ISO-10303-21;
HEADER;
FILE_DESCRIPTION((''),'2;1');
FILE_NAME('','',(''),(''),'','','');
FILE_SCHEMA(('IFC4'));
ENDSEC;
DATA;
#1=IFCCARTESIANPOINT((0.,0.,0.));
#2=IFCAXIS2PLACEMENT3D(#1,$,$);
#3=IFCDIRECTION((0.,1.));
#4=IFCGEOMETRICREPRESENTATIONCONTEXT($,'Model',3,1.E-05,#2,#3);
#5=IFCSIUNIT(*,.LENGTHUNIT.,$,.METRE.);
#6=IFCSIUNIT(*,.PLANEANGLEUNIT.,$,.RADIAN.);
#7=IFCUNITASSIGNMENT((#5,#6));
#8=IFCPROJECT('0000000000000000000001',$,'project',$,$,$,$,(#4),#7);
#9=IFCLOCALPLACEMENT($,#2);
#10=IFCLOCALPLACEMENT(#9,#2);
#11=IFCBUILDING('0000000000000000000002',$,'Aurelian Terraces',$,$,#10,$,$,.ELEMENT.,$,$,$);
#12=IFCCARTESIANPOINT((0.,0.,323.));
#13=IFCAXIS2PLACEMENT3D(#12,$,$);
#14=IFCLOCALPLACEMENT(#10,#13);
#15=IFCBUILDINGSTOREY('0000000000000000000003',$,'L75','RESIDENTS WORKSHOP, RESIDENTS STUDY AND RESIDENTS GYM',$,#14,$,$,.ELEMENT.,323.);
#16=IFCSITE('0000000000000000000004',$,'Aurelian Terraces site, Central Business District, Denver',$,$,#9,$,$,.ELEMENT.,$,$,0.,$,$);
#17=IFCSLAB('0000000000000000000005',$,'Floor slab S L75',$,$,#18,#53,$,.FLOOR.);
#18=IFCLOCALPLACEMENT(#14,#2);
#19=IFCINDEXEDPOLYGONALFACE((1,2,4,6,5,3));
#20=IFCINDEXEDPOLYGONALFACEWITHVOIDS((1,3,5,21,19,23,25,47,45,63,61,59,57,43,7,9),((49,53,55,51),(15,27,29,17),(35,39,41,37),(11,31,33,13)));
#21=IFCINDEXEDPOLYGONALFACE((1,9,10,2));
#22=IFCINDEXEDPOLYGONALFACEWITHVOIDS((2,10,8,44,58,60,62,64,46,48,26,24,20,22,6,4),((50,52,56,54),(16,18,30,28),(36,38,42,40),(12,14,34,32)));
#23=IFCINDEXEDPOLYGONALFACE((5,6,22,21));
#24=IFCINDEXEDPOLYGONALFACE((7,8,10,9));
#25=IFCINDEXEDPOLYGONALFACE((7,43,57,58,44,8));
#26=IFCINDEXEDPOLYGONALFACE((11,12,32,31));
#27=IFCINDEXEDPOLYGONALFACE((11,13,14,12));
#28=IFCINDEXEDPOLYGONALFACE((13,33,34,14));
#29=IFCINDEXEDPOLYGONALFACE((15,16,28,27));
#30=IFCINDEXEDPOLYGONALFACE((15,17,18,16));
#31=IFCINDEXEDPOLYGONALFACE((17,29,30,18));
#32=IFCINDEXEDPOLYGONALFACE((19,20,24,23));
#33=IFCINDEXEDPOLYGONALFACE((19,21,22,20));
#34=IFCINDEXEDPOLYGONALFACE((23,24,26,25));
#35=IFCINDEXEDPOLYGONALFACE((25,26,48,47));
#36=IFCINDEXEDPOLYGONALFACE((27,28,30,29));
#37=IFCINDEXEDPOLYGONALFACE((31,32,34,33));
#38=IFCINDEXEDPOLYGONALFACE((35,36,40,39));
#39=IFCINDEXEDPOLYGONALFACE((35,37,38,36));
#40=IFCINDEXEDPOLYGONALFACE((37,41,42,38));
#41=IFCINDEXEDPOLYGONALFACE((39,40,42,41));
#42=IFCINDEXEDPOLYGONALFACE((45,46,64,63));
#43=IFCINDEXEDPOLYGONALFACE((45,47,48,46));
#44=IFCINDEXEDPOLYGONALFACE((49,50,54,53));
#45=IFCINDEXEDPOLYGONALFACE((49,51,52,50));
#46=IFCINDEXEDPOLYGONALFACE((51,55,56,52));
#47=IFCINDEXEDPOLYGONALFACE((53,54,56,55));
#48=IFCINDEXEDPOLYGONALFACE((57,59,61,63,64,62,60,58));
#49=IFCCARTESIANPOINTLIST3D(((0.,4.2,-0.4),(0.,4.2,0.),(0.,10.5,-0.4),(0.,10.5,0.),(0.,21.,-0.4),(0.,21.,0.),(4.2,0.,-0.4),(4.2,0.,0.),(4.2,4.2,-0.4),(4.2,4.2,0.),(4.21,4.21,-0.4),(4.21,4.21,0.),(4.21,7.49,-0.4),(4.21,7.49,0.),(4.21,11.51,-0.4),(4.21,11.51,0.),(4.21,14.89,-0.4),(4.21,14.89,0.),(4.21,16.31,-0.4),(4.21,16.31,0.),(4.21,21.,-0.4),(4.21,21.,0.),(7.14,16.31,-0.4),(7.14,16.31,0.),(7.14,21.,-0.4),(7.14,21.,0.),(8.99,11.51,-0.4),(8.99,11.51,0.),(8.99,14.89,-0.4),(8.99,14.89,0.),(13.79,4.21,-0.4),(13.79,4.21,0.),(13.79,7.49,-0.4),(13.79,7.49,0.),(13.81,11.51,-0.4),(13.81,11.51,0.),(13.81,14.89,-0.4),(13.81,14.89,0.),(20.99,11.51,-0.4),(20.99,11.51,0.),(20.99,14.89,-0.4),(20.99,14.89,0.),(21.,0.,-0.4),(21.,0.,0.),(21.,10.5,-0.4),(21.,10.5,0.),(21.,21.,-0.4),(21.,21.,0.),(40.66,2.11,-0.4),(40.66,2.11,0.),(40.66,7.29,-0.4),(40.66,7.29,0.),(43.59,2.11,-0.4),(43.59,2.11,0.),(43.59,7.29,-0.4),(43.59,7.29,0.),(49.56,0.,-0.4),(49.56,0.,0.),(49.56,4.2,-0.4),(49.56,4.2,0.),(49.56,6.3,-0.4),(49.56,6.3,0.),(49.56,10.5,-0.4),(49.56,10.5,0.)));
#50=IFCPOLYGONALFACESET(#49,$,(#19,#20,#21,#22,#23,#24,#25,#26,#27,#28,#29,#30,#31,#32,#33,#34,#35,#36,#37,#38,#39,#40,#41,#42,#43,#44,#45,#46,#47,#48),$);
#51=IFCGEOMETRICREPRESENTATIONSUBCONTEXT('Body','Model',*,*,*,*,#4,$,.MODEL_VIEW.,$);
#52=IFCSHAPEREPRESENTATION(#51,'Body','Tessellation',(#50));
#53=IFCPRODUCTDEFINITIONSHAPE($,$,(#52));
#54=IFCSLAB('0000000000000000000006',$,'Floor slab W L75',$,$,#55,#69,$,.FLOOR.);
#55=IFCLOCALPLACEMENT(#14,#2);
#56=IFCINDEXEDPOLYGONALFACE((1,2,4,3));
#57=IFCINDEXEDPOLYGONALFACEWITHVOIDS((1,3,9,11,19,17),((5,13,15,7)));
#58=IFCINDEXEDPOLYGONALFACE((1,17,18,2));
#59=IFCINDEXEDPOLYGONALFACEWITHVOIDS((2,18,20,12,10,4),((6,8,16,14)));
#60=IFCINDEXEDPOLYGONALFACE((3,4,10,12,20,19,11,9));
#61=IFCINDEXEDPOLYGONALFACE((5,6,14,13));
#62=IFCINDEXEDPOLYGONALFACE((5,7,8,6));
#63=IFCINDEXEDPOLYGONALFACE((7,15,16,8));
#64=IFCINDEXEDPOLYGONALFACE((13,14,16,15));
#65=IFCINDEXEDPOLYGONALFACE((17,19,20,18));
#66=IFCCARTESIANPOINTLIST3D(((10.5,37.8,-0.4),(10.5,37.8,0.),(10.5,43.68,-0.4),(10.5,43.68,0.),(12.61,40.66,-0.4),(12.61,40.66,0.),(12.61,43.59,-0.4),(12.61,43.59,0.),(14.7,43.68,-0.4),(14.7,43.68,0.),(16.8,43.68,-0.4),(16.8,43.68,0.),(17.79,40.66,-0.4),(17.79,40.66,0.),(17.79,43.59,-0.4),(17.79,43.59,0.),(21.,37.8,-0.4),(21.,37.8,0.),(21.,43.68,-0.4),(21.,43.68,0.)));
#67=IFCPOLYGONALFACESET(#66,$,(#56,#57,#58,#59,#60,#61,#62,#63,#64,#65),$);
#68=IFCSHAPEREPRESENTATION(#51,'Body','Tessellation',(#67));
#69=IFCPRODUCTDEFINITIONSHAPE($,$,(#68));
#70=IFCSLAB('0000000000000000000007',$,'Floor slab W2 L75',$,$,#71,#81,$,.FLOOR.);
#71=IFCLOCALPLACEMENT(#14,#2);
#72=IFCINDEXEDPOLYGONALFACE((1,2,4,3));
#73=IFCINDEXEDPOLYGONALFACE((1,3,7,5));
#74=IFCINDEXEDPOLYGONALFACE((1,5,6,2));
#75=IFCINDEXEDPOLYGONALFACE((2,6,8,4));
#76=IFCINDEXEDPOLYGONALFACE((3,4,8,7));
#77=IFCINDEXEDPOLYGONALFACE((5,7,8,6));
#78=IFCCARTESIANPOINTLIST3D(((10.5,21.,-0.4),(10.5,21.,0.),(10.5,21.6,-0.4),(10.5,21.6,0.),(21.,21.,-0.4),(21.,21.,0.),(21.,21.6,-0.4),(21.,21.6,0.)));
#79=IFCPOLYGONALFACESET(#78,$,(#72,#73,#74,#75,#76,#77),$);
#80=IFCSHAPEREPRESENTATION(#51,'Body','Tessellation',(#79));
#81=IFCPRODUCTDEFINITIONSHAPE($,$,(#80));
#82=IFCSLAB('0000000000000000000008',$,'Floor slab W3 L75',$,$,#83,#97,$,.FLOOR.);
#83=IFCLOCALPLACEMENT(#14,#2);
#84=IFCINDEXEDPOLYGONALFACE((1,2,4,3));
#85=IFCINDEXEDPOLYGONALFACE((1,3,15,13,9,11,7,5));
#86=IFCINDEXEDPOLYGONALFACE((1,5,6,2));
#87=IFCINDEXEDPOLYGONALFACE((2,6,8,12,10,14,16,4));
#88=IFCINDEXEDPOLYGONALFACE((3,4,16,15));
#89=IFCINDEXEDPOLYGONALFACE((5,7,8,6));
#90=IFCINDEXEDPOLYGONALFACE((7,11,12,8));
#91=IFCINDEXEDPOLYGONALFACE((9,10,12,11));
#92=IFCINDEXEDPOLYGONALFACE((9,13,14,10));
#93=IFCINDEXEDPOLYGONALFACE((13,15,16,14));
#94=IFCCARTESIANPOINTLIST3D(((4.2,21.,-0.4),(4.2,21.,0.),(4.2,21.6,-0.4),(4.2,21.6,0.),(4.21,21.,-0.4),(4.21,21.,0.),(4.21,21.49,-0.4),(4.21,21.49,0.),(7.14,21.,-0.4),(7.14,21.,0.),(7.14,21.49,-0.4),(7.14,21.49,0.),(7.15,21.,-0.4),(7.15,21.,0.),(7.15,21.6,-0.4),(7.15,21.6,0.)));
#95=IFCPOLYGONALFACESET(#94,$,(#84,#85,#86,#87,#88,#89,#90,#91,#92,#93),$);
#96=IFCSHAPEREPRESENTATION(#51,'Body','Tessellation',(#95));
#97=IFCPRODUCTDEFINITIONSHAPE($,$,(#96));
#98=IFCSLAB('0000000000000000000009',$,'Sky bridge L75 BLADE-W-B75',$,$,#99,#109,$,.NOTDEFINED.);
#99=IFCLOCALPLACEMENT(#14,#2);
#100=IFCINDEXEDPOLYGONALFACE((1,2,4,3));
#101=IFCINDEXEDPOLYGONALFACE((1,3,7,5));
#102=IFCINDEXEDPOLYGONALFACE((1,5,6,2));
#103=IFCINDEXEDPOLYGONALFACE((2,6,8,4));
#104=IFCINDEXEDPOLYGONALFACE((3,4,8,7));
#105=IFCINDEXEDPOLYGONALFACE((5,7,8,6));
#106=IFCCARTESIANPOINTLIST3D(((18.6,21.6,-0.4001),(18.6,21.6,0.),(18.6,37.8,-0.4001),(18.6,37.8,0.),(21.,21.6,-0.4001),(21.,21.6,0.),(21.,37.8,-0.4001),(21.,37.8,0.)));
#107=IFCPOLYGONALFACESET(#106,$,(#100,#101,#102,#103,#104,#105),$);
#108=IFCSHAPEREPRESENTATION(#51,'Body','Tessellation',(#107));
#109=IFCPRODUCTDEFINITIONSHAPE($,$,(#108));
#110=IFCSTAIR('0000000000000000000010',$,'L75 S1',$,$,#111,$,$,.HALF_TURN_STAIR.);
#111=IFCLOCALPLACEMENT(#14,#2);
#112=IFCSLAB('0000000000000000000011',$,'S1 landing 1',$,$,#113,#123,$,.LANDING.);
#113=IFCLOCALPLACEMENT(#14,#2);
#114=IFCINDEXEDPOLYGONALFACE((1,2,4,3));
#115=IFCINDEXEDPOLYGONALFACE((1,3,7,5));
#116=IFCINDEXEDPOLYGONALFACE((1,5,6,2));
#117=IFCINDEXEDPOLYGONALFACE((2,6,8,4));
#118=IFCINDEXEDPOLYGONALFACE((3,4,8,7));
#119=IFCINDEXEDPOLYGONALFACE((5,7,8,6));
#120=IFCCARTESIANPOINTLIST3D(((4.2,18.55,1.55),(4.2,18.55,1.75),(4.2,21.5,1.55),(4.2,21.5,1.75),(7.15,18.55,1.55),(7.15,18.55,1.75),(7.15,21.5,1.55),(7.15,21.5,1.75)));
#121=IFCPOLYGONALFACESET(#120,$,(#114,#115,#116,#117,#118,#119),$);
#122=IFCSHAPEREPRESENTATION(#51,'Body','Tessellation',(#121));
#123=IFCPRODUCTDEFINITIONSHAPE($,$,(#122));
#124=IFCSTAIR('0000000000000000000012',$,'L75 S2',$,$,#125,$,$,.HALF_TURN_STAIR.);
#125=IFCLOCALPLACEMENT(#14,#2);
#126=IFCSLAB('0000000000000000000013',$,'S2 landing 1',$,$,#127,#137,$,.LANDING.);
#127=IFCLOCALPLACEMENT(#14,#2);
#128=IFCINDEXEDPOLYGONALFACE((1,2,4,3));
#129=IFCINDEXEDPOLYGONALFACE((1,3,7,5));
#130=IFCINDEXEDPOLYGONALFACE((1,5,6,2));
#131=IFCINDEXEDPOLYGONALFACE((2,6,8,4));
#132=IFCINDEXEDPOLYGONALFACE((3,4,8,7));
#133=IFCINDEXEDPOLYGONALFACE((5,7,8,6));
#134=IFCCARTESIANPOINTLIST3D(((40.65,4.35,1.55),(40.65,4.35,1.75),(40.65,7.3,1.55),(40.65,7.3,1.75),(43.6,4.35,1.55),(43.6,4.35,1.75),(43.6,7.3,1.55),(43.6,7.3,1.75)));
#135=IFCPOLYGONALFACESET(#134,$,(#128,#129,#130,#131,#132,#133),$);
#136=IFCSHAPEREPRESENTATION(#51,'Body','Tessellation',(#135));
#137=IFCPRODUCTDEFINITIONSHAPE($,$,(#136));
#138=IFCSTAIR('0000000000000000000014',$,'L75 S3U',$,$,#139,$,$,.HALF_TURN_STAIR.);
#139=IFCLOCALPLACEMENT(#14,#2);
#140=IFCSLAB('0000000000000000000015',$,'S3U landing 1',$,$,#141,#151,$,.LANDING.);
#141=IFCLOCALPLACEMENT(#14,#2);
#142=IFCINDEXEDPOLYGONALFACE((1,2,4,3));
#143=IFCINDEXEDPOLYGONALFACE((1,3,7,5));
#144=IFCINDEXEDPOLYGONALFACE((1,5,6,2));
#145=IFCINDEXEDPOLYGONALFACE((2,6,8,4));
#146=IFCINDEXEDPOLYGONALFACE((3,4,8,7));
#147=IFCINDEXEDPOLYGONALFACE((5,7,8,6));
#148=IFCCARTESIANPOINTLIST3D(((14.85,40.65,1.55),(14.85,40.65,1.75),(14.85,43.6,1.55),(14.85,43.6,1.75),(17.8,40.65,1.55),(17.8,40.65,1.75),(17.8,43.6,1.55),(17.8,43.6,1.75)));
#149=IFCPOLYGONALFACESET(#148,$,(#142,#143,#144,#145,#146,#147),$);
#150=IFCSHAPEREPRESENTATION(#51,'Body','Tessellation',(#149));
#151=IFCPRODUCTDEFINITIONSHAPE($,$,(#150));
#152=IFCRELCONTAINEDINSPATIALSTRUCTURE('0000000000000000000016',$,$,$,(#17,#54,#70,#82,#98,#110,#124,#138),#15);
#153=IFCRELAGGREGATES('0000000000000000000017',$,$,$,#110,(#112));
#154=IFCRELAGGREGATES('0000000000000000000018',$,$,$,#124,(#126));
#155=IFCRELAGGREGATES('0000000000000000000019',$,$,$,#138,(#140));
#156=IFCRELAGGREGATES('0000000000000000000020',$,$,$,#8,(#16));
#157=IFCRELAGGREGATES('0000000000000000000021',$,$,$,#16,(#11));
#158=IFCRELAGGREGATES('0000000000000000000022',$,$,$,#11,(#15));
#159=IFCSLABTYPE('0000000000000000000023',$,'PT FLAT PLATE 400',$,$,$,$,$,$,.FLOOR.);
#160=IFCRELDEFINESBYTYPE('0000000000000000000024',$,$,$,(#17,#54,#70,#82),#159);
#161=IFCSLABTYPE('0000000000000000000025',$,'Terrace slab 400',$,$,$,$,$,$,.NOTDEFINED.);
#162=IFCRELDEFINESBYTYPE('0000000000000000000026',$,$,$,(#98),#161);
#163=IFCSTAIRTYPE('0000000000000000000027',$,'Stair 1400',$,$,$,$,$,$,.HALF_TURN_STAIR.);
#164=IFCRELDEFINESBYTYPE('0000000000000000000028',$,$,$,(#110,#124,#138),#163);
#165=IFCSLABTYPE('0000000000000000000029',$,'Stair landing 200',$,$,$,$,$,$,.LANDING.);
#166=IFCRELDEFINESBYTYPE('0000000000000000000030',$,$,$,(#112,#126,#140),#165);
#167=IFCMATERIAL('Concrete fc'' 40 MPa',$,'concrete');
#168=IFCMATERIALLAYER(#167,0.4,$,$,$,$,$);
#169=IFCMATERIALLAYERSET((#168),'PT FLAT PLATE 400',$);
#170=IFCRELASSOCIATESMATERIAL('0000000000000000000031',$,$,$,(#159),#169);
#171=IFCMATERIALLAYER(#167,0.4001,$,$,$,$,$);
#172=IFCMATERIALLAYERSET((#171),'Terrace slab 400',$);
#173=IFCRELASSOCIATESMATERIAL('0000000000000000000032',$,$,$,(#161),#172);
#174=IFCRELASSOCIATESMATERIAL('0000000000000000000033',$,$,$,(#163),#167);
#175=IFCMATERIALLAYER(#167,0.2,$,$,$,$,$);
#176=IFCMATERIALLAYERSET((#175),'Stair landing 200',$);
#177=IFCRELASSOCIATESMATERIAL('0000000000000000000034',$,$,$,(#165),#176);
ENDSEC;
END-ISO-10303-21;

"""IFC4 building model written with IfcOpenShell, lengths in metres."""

from ifc_helpers import new_model, si_unit, direction, frame, origin, place, context, subcontext, project, spatial, polyline, outline, extrude, source, transform, mapped, material, layer, layer_set, type_object, element, aggregate, save


model = new_model("IFC4")

# Units and contexts
model_context = context("Model", 3, precision=1e-05, world=origin(), true_north=direction((0.0, 1.0)))
body_context = subcontext(model_context, "Body", "Model", "MODEL_VIEW")
ifc_project = project(units=[si_unit("LENGTHUNIT", "METRE"), si_unit("PLANEANGLEUNIT", "RADIAN")], contexts=[model_context])

# Site, building, storey
site_placement = place(None, origin())
site = spatial("IfcSite", under=ifc_project, at=site_placement, Name="Aurelian Terraces site, Central Business District, Denver", CompositionType="ELEMENT", RefElevation=0.0)
building_placement = place(site_placement, origin())
building = spatial("IfcBuilding", under=site, at=building_placement, Name="Aurelian Terraces", CompositionType="ELEMENT")
storey_placement = place(building_placement, frame((0.0, 0.0, 323.0)))
storey = spatial("IfcBuildingStorey", under=building, at=storey_placement, Name="L75", Description="RESIDENTS WORKSHOP, RESIDENTS STUDY AND RESIDENTS GYM", CompositionType="ELEMENT", Elevation=323.0)

# Slabs
ifc_material_1 = material(Name="Concrete fc' 40 MPa", Category="concrete")
ifc_layer_1 = layer(ifc_material_1, 0.4)
ifc_layer_set_1 = layer_set([ifc_layer_1], Name="PT FLAT PLATE 400")
slab_type_1 = type_object("IfcSlabType", Name="PT FLAT PLATE 400", PredefinedType="FLOOR", material=ifc_layer_set_1)
shared_shape_1 = source(origin(), body_context, "Body", "SweptSolid", [
    extrude(outline(polyline([(21.0, 0.0), (4.2, 0.0), (4.2, 4.2), (0.0, 4.2), (0.0, 10.5), (0.0, 21.0), (4.21, 21.0), (4.21, 16.31), (7.14, 16.31), (7.14, 21.0), (21.0, 21.0), (21.0, 10.5), (49.56, 10.5), (49.56, 6.3), (49.56, 4.2), (49.56, 0.0), (21.0, 0.0)]), holes=[polyline([(40.66, 2.11), (43.59, 2.11), (43.59, 7.29), (40.66, 7.29), (40.66, 2.11)]), polyline([(13.81, 14.89), (13.81, 11.51), (20.99, 11.51), (20.99, 14.89), (13.81, 14.89)]), polyline([(4.21, 7.49), (4.21, 4.21), (13.79, 4.21), (13.79, 7.49), (4.21, 7.49)]), polyline([(8.99, 11.51), (8.99, 14.89), (4.21, 14.89), (4.21, 11.51), (8.99, 11.51)])]), origin(), (0.0, 0.0, 1.0), 0.4),
])
slab_1_placement = place(storey_placement, frame((0.0, 0.0, -0.4)))
element("IfcSlab", 1, at=slab_1_placement, inside=storey, type_object=slab_type_1, Name="Floor slab S L75", PredefinedType="FLOOR", context=body_context, shape_type="MappedRepresentation", body=[
    mapped(shared_shape_1, transform((0.0, 0.0, 0.0), scale=1.0)),
])
shared_shape_2 = source(origin(), body_context, "Body", "SweptSolid", [
    extrude(outline(polyline([(14.7, 43.68), (16.8, 43.68), (21.0, 43.68), (21.0, 37.8), (10.5, 37.8), (10.5, 43.68), (14.7, 43.68)]), holes=[polyline([(17.79, 43.59), (12.61, 43.59), (12.61, 40.66), (17.79, 40.66), (17.79, 43.59)])]), origin(), (0.0, 0.0, 1.0), 0.4),
])
slab_2_placement = place(storey_placement, frame((0.0, 0.0, -0.4)))
element("IfcSlab", 2, at=slab_2_placement, inside=storey, type_object=slab_type_1, Name="Floor slab W L75", PredefinedType="FLOOR", context=body_context, shape_type="MappedRepresentation", body=[
    mapped(shared_shape_2, transform((0.0, 0.0, 0.0), scale=1.0)),
])
shared_shape_3 = source(origin(), body_context, "Body", "SweptSolid", [
    extrude(outline(polyline([(21.0, 21.6), (21.0, 21.0), (10.5, 21.0), (10.5, 21.6), (21.0, 21.6)])), origin(), (0.0, 0.0, 1.0), 0.4),
])
slab_3_placement = place(storey_placement, frame((0.0, 0.0, -0.4)))
element("IfcSlab", 3, at=slab_3_placement, inside=storey, type_object=slab_type_1, Name="Floor slab W2 L75", PredefinedType="FLOOR", context=body_context, shape_type="MappedRepresentation", body=[
    mapped(shared_shape_3, transform((0.0, 0.0, 0.0), scale=1.0)),
])
shared_shape_4 = source(origin(), body_context, "Body", "SweptSolid", [
    extrude(outline(polyline([(4.2, 21.6), (7.15, 21.6), (7.15, 21.0), (7.14, 21.0), (7.14, 21.49), (4.21, 21.49), (4.21, 21.0), (4.2, 21.0), (4.2, 21.6)])), origin(), (0.0, 0.0, 1.0), 0.4),
])
slab_4_placement = place(storey_placement, frame((0.0, 0.0, -0.4)))
element("IfcSlab", 4, at=slab_4_placement, inside=storey, type_object=slab_type_1, Name="Floor slab W3 L75", PredefinedType="FLOOR", context=body_context, shape_type="MappedRepresentation", body=[
    mapped(shared_shape_4, transform((0.0, 0.0, 0.0), scale=1.0)),
])
ifc_layer_2 = layer(ifc_material_1, 0.4001)
ifc_layer_set_2 = layer_set([ifc_layer_2], Name="Terrace slab 400")
slab_type_2 = type_object("IfcSlabType", Name="Terrace slab 400", PredefinedType="NOTDEFINED", material=ifc_layer_set_2)
shared_shape_5 = source(origin(), body_context, "Body", "SweptSolid", [
    extrude(outline(polyline([(21.0, 21.6), (18.6, 21.6), (18.6, 37.8), (21.0, 37.8), (21.0, 21.6)])), origin(), (0.0, 0.0, 1.0), 0.4001),
])
slab_5_placement = place(storey_placement, frame((0.0, 0.0, -0.4001)))
element("IfcSlab", 5, at=slab_5_placement, inside=storey, type_object=slab_type_2, Name="Sky bridge L75 BLADE-W-B75", PredefinedType="NOTDEFINED", context=body_context, shape_type="MappedRepresentation", body=[
    mapped(shared_shape_5, transform((0.0, 0.0, 0.0), scale=1.0)),
])

# Stairs, slabs
stair_type = type_object("IfcStairType", Name="Stair 1400", PredefinedType="HALF_TURN_STAIR", material=ifc_material_1)
stair_1_placement = place(storey_placement, origin())
stair_1 = element("IfcStair", 6, at=stair_1_placement, inside=storey, type_object=stair_type, Name="L75 S1", PredefinedType="HALF_TURN_STAIR")
ifc_layer_3 = layer(ifc_material_1, 0.2)
ifc_layer_set_3 = layer_set([ifc_layer_3], Name="Stair landing 200")
slab_type_3 = type_object("IfcSlabType", Name="Stair landing 200", PredefinedType="LANDING", material=ifc_layer_set_3)
shared_shape_6 = source(origin(), body_context, "Body", "SweptSolid", [
    extrude(outline(polyline([(7.15, 18.55), (7.15, 21.5), (4.2, 21.5), (4.2, 18.55), (7.15, 18.55)])), origin(), (0.0, 0.0, 1.0), 0.2),
])
slab_6_placement = place(storey_placement, frame((0.0, 0.0, 1.55)))
slab_6 = element("IfcSlab", 7, at=slab_6_placement, type_object=slab_type_3, Name="S1 landing 1", PredefinedType="LANDING", context=body_context, shape_type="MappedRepresentation", body=[
    mapped(shared_shape_6, transform((0.0, 0.0, 0.0), scale=1.0)),
])
aggregate(stair_1, [slab_6])
stair_2_placement = place(storey_placement, origin())
stair_2 = element("IfcStair", 8, at=stair_2_placement, inside=storey, type_object=stair_type, Name="L75 S2", PredefinedType="HALF_TURN_STAIR")
shared_shape_7 = source(origin(), body_context, "Body", "SweptSolid", [
    extrude(outline(polyline([(43.6, 4.35), (43.6, 7.3), (40.65, 7.3), (40.65, 4.35), (43.6, 4.35)])), origin(), (0.0, 0.0, 1.0), 0.2),
])
slab_7_placement = place(storey_placement, frame((0.0, 0.0, 1.55)))
slab_7 = element("IfcSlab", 9, at=slab_7_placement, type_object=slab_type_3, Name="S2 landing 1", PredefinedType="LANDING", context=body_context, shape_type="MappedRepresentation", body=[
    mapped(shared_shape_7, transform((0.0, 0.0, 0.0), scale=1.0)),
])
aggregate(stair_2, [slab_7])
stair_3_placement = place(storey_placement, origin())
stair_3 = element("IfcStair", 10, at=stair_3_placement, inside=storey, type_object=stair_type, Name="L75 S3U", PredefinedType="HALF_TURN_STAIR")
shared_shape_8 = source(origin(), body_context, "Body", "SweptSolid", [
    extrude(outline(polyline([(14.85, 40.65), (17.8, 40.65), (17.8, 43.6), (14.85, 43.6), (14.85, 40.65)])), origin(), (0.0, 0.0, 1.0), 0.2),
])
slab_8_placement = place(storey_placement, frame((0.0, 0.0, 1.55)))
slab_8 = element("IfcSlab", 11, at=slab_8_placement, type_object=slab_type_3, Name="S3U landing 1", PredefinedType="LANDING", context=body_context, shape_type="MappedRepresentation", body=[
    mapped(shared_shape_8, transform((0.0, 0.0, 0.0), scale=1.0)),
])
aggregate(stair_3, [slab_8])

save(model, "model.ifc")
